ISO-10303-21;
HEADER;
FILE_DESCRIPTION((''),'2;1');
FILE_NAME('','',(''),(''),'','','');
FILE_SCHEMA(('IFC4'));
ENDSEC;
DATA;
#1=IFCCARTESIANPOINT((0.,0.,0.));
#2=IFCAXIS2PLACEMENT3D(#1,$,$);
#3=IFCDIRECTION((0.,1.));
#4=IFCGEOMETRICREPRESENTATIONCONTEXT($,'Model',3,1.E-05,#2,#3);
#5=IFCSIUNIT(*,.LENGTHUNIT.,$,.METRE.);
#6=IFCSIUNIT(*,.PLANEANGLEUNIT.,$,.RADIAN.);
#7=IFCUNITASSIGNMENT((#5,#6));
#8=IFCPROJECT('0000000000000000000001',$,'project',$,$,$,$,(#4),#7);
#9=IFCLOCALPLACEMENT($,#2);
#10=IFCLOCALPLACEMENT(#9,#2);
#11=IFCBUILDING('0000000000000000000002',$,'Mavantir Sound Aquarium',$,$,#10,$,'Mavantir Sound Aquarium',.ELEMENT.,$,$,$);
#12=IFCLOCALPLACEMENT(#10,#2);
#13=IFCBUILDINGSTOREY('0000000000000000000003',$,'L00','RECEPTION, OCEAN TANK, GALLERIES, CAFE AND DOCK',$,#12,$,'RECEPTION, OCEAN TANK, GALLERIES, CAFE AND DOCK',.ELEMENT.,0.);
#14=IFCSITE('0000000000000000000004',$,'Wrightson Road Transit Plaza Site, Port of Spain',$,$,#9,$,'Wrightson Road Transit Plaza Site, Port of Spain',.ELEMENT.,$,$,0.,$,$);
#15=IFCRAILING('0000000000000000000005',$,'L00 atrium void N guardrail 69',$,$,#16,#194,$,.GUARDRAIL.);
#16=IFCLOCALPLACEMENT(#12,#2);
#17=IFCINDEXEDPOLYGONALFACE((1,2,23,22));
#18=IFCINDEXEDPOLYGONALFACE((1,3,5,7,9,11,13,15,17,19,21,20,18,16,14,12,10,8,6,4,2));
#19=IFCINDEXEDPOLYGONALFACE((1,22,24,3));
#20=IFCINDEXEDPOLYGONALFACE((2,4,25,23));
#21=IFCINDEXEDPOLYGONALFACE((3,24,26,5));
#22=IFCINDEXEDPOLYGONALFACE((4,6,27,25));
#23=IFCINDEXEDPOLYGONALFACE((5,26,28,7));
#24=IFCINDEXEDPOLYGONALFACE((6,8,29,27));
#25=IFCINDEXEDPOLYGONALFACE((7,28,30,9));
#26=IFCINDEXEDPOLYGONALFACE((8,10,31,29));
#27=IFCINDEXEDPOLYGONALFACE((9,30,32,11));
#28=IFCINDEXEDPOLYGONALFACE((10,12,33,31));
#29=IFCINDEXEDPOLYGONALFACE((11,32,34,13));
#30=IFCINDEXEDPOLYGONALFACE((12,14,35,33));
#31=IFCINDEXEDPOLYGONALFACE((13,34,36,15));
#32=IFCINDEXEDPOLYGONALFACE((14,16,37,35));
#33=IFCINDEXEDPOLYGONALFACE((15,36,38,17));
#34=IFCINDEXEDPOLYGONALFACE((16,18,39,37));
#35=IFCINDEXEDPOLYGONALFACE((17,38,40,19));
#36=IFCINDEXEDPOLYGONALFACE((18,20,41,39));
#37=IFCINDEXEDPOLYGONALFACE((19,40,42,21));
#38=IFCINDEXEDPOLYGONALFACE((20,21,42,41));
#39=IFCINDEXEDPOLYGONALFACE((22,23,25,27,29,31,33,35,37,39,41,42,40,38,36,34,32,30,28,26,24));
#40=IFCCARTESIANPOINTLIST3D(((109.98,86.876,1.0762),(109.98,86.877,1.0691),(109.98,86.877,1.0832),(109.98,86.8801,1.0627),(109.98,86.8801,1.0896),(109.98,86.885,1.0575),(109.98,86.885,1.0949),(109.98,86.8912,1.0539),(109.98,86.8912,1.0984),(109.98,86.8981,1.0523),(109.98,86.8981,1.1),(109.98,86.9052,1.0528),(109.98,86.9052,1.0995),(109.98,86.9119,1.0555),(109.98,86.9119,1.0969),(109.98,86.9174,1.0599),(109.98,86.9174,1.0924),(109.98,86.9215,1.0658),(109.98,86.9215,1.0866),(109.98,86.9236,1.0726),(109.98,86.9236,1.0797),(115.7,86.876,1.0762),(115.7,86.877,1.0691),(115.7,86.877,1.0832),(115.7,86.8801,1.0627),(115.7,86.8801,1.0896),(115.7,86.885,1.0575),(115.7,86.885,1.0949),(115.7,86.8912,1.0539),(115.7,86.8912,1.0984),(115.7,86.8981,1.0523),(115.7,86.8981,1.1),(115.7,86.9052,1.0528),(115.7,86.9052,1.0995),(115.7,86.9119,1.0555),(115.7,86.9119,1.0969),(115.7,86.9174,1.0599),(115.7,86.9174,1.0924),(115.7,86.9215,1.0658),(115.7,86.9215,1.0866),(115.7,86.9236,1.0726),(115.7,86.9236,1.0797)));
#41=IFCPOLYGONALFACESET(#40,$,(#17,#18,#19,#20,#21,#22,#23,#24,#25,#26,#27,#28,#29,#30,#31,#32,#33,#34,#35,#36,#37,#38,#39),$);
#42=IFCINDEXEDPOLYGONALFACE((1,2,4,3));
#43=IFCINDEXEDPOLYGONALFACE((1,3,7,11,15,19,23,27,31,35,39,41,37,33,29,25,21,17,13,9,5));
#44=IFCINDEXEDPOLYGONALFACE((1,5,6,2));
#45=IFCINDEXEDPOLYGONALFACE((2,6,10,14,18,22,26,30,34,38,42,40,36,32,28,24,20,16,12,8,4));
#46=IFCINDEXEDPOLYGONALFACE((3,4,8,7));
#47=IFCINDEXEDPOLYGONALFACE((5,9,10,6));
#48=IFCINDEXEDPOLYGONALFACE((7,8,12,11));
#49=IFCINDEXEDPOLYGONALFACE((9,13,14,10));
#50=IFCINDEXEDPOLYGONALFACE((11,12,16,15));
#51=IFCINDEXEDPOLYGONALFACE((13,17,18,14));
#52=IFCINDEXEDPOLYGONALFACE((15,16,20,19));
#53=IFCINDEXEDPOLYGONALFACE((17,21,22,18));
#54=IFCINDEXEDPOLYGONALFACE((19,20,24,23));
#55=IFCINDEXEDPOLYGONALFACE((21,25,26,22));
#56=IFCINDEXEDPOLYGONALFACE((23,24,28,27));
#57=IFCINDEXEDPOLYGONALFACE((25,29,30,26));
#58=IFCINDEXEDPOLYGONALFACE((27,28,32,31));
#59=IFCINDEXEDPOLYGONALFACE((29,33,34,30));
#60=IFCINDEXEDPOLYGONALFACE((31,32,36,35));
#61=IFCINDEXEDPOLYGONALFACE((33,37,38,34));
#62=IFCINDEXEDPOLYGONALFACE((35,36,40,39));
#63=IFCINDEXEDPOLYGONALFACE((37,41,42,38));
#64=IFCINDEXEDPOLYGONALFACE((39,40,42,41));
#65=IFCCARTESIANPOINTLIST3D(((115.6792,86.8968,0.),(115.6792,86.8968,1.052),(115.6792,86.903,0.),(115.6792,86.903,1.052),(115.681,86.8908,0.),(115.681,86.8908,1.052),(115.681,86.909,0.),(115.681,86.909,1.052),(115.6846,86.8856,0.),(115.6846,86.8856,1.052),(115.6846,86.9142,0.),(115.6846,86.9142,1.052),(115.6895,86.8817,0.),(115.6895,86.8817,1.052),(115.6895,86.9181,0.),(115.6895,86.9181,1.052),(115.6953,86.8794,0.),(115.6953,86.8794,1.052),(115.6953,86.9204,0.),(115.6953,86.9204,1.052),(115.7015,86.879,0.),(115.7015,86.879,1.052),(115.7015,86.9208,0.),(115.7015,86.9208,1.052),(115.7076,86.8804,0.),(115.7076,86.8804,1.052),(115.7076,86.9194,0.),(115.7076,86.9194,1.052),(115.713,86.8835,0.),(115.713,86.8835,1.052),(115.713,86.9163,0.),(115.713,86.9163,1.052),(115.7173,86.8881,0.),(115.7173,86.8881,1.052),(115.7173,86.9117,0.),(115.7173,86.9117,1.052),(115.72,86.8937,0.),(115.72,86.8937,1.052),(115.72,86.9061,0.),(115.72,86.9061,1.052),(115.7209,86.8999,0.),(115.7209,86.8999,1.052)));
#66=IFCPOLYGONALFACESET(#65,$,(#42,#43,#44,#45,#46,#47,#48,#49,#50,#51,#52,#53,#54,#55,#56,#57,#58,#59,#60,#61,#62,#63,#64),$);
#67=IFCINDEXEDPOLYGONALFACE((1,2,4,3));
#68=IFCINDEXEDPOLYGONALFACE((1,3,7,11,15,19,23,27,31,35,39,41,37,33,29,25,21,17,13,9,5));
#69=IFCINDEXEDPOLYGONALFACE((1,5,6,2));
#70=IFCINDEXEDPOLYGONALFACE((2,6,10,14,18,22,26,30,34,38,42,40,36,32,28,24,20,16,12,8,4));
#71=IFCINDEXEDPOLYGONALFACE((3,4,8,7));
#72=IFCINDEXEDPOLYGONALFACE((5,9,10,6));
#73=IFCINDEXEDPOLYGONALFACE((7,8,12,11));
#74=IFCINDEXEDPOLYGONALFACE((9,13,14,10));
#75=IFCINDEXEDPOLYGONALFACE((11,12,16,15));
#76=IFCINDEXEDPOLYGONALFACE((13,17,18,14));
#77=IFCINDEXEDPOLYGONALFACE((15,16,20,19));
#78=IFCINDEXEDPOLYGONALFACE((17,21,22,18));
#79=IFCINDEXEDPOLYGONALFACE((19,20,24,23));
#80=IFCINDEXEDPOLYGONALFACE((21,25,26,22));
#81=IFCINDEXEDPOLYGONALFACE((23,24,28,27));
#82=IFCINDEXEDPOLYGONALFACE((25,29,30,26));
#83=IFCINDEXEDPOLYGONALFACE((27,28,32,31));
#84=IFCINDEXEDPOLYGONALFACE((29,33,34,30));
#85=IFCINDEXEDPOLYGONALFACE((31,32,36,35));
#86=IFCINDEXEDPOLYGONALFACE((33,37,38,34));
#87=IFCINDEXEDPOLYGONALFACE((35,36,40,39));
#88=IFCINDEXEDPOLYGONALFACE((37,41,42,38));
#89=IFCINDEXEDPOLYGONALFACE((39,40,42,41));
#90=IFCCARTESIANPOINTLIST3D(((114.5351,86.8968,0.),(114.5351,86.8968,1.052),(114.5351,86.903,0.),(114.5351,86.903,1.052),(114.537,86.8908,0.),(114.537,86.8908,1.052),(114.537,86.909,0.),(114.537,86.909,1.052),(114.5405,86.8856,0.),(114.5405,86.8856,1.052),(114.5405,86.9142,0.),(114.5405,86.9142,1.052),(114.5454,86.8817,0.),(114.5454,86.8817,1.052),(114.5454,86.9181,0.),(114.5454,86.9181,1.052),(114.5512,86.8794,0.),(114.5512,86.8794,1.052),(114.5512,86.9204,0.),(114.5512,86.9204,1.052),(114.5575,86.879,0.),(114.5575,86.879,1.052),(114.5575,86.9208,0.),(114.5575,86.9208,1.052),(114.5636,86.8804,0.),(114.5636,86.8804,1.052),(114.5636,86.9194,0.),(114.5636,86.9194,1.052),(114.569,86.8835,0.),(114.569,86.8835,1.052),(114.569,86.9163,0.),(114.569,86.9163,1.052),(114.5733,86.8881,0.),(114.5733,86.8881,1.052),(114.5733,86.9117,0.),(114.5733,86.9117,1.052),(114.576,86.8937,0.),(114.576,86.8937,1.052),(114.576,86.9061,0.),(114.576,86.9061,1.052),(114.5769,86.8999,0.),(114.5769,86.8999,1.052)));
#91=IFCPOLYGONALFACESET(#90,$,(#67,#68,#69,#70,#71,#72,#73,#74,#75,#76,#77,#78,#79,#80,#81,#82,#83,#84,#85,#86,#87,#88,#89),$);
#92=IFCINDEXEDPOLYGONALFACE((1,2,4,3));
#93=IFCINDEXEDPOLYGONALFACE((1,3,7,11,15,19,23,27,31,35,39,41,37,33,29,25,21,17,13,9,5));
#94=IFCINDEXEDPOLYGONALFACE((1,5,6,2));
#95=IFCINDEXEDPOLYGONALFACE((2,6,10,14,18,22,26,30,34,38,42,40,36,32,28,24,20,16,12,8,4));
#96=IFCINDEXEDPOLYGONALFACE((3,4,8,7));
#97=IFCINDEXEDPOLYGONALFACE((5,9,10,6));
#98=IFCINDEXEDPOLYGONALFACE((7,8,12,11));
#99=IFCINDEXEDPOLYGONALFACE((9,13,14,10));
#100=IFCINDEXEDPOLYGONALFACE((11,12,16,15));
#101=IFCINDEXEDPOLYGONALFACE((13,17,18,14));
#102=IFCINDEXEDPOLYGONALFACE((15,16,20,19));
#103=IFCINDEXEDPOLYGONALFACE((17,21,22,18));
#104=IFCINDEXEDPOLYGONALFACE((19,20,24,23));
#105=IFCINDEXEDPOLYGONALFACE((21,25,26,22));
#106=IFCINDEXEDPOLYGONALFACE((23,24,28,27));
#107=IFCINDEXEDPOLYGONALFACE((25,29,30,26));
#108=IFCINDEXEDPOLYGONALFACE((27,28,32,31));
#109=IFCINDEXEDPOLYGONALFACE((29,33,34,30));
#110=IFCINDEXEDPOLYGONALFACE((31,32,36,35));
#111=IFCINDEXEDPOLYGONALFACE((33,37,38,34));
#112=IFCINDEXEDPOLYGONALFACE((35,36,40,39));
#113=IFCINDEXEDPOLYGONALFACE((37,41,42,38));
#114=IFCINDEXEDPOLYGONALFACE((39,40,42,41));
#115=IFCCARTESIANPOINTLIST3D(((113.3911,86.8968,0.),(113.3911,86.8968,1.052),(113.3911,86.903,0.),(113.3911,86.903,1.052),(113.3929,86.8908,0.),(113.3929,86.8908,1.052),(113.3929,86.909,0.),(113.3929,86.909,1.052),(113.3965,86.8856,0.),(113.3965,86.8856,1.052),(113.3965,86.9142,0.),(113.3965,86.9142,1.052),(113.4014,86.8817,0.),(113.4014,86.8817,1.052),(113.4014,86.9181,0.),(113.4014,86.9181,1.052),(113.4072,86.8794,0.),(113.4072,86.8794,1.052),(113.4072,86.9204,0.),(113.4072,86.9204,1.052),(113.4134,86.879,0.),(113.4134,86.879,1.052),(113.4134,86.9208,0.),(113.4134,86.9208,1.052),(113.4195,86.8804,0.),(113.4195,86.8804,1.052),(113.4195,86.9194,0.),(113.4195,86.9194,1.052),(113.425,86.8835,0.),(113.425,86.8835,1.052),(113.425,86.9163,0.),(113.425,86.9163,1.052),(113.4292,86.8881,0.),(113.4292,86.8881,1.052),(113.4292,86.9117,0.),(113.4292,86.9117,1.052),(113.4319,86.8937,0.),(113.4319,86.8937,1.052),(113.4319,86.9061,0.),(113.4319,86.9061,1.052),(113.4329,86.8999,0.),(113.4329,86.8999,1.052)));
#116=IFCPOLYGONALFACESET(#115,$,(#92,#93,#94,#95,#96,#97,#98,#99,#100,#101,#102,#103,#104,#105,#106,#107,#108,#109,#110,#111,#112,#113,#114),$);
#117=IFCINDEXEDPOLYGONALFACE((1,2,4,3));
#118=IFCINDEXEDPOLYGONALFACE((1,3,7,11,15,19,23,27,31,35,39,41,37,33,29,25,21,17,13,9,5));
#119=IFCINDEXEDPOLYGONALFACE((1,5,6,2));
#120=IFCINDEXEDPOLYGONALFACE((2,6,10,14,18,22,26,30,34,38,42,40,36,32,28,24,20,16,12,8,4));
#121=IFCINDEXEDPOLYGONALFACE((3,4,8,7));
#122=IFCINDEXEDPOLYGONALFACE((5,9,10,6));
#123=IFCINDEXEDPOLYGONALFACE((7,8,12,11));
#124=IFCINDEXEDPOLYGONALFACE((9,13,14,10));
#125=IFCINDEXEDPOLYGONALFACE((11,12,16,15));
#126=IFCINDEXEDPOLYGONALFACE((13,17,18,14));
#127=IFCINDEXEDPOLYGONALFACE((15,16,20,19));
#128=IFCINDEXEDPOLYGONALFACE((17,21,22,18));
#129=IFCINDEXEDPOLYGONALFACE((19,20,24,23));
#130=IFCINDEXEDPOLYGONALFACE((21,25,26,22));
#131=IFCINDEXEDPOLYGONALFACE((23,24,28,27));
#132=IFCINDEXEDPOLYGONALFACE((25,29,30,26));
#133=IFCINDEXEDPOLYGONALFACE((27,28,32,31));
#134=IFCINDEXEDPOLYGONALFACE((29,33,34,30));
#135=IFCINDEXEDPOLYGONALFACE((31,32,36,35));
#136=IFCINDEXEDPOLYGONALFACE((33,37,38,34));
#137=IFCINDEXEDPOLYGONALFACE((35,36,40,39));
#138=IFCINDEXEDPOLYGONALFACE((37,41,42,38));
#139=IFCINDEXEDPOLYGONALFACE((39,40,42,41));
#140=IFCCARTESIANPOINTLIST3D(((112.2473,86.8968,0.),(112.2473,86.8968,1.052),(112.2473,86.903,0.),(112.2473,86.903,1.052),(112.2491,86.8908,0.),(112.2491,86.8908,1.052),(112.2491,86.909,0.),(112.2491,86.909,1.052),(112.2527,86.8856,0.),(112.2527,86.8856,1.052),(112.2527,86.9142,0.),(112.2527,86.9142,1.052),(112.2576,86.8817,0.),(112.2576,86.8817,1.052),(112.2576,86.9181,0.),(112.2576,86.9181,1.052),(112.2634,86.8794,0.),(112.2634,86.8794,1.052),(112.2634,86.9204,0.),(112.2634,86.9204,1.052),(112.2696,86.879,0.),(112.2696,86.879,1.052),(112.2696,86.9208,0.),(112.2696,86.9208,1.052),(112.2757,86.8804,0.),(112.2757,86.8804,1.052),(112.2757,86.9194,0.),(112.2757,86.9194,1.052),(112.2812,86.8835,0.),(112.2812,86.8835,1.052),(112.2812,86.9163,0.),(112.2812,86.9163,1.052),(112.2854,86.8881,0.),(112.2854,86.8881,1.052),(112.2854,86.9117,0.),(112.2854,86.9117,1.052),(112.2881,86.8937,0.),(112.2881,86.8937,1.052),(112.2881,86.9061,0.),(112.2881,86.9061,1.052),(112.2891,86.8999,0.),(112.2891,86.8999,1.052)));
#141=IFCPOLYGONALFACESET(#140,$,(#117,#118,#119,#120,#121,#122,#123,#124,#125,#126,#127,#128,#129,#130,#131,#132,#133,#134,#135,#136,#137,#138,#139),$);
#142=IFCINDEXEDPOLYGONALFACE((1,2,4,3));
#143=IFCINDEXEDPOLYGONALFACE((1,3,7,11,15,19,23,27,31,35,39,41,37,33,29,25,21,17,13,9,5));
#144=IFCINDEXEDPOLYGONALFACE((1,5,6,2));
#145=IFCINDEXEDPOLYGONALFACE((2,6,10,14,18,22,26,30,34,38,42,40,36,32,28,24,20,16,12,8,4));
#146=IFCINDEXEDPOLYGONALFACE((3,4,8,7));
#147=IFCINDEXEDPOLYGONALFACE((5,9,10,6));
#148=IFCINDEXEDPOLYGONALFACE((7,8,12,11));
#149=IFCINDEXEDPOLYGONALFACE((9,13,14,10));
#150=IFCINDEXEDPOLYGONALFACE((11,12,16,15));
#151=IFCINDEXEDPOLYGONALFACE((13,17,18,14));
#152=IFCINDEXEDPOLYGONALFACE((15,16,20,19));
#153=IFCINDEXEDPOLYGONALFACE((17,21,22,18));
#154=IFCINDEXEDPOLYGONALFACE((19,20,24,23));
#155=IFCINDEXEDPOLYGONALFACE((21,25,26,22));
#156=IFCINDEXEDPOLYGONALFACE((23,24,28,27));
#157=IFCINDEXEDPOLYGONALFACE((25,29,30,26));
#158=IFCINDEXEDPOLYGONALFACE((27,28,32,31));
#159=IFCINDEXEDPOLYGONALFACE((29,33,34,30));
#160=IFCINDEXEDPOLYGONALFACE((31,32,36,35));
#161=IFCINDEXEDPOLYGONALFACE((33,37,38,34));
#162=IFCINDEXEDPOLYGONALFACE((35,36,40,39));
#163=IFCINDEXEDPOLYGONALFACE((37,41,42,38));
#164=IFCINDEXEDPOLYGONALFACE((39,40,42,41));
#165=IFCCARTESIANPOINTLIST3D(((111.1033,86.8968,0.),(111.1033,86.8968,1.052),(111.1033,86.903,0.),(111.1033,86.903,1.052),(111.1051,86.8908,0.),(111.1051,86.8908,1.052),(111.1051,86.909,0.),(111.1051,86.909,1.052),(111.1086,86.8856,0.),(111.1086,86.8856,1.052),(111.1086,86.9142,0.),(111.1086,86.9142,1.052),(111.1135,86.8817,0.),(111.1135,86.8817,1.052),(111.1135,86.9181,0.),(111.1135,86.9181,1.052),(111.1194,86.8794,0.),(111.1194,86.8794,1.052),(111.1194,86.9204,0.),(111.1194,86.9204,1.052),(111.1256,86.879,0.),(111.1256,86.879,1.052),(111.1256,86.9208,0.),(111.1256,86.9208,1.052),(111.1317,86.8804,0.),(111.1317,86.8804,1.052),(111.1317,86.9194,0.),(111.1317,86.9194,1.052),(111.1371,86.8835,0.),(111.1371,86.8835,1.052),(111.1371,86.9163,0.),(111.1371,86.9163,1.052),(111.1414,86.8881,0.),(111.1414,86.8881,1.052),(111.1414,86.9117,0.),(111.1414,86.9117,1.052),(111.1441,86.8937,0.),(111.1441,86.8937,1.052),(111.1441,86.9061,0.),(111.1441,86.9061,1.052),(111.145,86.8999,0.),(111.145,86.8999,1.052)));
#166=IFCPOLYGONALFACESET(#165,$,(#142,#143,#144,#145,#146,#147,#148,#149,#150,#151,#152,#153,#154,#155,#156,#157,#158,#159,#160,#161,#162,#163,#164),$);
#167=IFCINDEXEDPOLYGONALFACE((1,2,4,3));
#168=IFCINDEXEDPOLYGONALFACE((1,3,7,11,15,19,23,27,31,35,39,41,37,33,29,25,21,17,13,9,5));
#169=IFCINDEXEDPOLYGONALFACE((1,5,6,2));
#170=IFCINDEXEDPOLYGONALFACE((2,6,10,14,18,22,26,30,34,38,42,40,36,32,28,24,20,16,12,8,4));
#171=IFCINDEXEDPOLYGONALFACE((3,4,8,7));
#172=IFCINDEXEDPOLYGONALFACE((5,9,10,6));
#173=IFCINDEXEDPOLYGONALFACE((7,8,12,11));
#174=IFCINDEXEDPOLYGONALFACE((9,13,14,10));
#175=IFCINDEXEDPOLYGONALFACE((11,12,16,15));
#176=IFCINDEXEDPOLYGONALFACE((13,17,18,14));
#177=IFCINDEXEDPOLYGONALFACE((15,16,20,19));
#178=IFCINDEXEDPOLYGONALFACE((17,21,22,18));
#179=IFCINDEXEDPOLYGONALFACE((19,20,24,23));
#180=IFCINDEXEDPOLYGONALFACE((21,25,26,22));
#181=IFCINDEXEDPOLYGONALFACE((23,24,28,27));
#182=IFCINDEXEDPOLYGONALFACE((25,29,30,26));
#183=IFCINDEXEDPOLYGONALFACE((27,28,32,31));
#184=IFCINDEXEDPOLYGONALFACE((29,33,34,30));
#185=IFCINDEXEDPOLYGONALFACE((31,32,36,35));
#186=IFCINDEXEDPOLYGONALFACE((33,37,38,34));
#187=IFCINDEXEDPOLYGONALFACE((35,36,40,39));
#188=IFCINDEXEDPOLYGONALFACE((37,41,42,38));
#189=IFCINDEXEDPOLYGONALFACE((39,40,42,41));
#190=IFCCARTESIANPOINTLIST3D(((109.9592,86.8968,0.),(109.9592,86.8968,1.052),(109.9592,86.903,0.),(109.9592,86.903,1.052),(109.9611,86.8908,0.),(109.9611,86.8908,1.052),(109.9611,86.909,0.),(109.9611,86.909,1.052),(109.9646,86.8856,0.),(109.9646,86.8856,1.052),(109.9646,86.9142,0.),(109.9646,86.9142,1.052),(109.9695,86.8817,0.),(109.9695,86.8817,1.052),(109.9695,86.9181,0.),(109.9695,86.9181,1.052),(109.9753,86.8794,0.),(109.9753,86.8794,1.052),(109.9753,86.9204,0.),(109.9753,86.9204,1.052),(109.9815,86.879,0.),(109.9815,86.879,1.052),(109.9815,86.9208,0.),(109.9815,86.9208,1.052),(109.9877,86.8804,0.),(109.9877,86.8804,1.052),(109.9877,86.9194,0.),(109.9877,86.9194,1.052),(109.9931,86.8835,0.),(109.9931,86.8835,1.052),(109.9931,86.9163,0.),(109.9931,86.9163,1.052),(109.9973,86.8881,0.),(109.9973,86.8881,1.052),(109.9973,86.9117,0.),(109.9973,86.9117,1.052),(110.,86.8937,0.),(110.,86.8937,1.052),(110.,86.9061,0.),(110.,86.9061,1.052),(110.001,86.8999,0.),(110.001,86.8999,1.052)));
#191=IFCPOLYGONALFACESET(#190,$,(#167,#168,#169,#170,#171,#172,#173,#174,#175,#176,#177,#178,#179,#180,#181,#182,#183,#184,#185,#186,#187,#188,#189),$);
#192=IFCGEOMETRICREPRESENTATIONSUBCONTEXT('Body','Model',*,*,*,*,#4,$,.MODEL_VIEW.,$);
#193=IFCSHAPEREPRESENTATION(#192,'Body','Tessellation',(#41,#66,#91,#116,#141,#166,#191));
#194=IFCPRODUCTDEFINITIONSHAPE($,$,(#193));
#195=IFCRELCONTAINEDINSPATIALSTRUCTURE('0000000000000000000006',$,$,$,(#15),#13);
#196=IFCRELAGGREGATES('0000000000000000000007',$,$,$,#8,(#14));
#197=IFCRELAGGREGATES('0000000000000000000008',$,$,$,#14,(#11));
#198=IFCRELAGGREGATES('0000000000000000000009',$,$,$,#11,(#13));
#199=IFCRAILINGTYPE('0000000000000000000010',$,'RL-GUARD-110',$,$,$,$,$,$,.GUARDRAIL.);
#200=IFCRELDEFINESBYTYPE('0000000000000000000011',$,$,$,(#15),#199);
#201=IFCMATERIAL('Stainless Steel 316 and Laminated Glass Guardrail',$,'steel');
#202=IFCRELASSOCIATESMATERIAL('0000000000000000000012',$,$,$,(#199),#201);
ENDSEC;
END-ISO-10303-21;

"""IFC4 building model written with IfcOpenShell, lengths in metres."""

from ifc_helpers import new_model, si_unit, direction, frame, origin, origin_2d, place, context, subcontext, project, spatial, circle, extrude, material, type_object, element, save


model = new_model("IFC4")

# Units and contexts
model_context = context("Model", 3, precision=1e-05, world=origin(), true_north=direction((0.0, 1.0)))
body_context = subcontext(model_context, "Body", "Model", "MODEL_VIEW")
ifc_project = project(units=[si_unit("LENGTHUNIT", "METRE"), si_unit("PLANEANGLEUNIT", "RADIAN")], contexts=[model_context])

# Site, building, storey
site_placement = place(None, origin())
site = spatial("IfcSite", under=ifc_project, at=site_placement, Name="Wrightson Road Transit Plaza Site, Port of Spain", LongName="Wrightson Road Transit Plaza Site, Port of Spain", CompositionType="ELEMENT", RefElevation=0.0)
building_placement = place(site_placement, origin())
building = spatial("IfcBuilding", under=site, at=building_placement, Name="Mavantir Sound Aquarium", LongName="Mavantir Sound Aquarium", CompositionType="ELEMENT")
storey_placement = place(building_placement, origin())
storey = spatial("IfcBuildingStorey", under=building, at=storey_placement, Name="L00", Description="RECEPTION, OCEAN TANK, GALLERIES, CAFE AND DOCK", LongName="RECEPTION, OCEAN TANK, GALLERIES, CAFE AND DOCK", CompositionType="ELEMENT", Elevation=0.0)

# Railing
ifc_material_1 = material(Name="Stainless Steel 316 and Laminated Glass Guardrail", Category="steel")
railing_type = type_object("IfcRailingType", Name="RL-GUARD-110", PredefinedType="GUARDRAIL", material=ifc_material_1)
railing_1_placement = place(storey_placement, frame((115.7, 86.8999, 0.0)))
element("IfcRailing", 1, at=railing_1_placement, inside=storey, type_object=railing_type, Name="L00 atrium void N guardrail 69", PredefinedType="GUARDRAIL", context=body_context, shape_type="SweptSolid", body=[
    extrude(circle(Radius=0.0239, at=origin_2d()), frame((0.0, 0.0, 1.0762), z_axis=(-1.0, 0.0, 0.0), x_axis=(0.0, -1.0, 0.0)), (0.0, 0.0, 1.0), 5.72),
    extrude(circle(Radius=0.021, at=origin_2d()), origin(), (0.0, 0.0, 1.0), 1.052),
    extrude(circle(Radius=0.021, at=origin_2d()), frame((-1.144, 0.0, 0.0)), (0.0, 0.0, 1.0), 1.052),
    extrude(circle(Radius=0.021, at=origin_2d()), frame((-2.2881, 0.0, 0.0)), (0.0, 0.0, 1.0), 1.052),
    extrude(circle(Radius=0.021, at=origin_2d()), frame((-3.4319, 0.0, 0.0)), (0.0, 0.0, 1.0), 1.052),
    extrude(circle(Radius=0.021, at=origin_2d()), frame((-4.5759, 0.0, 0.0)), (0.0, 0.0, 1.0), 1.052),
    extrude(circle(Radius=0.021, at=origin_2d()), frame((-5.72, 0.0, 0.0)), (0.0, 0.0, 1.0), 1.052),
])

save(model, "model.ifc")
